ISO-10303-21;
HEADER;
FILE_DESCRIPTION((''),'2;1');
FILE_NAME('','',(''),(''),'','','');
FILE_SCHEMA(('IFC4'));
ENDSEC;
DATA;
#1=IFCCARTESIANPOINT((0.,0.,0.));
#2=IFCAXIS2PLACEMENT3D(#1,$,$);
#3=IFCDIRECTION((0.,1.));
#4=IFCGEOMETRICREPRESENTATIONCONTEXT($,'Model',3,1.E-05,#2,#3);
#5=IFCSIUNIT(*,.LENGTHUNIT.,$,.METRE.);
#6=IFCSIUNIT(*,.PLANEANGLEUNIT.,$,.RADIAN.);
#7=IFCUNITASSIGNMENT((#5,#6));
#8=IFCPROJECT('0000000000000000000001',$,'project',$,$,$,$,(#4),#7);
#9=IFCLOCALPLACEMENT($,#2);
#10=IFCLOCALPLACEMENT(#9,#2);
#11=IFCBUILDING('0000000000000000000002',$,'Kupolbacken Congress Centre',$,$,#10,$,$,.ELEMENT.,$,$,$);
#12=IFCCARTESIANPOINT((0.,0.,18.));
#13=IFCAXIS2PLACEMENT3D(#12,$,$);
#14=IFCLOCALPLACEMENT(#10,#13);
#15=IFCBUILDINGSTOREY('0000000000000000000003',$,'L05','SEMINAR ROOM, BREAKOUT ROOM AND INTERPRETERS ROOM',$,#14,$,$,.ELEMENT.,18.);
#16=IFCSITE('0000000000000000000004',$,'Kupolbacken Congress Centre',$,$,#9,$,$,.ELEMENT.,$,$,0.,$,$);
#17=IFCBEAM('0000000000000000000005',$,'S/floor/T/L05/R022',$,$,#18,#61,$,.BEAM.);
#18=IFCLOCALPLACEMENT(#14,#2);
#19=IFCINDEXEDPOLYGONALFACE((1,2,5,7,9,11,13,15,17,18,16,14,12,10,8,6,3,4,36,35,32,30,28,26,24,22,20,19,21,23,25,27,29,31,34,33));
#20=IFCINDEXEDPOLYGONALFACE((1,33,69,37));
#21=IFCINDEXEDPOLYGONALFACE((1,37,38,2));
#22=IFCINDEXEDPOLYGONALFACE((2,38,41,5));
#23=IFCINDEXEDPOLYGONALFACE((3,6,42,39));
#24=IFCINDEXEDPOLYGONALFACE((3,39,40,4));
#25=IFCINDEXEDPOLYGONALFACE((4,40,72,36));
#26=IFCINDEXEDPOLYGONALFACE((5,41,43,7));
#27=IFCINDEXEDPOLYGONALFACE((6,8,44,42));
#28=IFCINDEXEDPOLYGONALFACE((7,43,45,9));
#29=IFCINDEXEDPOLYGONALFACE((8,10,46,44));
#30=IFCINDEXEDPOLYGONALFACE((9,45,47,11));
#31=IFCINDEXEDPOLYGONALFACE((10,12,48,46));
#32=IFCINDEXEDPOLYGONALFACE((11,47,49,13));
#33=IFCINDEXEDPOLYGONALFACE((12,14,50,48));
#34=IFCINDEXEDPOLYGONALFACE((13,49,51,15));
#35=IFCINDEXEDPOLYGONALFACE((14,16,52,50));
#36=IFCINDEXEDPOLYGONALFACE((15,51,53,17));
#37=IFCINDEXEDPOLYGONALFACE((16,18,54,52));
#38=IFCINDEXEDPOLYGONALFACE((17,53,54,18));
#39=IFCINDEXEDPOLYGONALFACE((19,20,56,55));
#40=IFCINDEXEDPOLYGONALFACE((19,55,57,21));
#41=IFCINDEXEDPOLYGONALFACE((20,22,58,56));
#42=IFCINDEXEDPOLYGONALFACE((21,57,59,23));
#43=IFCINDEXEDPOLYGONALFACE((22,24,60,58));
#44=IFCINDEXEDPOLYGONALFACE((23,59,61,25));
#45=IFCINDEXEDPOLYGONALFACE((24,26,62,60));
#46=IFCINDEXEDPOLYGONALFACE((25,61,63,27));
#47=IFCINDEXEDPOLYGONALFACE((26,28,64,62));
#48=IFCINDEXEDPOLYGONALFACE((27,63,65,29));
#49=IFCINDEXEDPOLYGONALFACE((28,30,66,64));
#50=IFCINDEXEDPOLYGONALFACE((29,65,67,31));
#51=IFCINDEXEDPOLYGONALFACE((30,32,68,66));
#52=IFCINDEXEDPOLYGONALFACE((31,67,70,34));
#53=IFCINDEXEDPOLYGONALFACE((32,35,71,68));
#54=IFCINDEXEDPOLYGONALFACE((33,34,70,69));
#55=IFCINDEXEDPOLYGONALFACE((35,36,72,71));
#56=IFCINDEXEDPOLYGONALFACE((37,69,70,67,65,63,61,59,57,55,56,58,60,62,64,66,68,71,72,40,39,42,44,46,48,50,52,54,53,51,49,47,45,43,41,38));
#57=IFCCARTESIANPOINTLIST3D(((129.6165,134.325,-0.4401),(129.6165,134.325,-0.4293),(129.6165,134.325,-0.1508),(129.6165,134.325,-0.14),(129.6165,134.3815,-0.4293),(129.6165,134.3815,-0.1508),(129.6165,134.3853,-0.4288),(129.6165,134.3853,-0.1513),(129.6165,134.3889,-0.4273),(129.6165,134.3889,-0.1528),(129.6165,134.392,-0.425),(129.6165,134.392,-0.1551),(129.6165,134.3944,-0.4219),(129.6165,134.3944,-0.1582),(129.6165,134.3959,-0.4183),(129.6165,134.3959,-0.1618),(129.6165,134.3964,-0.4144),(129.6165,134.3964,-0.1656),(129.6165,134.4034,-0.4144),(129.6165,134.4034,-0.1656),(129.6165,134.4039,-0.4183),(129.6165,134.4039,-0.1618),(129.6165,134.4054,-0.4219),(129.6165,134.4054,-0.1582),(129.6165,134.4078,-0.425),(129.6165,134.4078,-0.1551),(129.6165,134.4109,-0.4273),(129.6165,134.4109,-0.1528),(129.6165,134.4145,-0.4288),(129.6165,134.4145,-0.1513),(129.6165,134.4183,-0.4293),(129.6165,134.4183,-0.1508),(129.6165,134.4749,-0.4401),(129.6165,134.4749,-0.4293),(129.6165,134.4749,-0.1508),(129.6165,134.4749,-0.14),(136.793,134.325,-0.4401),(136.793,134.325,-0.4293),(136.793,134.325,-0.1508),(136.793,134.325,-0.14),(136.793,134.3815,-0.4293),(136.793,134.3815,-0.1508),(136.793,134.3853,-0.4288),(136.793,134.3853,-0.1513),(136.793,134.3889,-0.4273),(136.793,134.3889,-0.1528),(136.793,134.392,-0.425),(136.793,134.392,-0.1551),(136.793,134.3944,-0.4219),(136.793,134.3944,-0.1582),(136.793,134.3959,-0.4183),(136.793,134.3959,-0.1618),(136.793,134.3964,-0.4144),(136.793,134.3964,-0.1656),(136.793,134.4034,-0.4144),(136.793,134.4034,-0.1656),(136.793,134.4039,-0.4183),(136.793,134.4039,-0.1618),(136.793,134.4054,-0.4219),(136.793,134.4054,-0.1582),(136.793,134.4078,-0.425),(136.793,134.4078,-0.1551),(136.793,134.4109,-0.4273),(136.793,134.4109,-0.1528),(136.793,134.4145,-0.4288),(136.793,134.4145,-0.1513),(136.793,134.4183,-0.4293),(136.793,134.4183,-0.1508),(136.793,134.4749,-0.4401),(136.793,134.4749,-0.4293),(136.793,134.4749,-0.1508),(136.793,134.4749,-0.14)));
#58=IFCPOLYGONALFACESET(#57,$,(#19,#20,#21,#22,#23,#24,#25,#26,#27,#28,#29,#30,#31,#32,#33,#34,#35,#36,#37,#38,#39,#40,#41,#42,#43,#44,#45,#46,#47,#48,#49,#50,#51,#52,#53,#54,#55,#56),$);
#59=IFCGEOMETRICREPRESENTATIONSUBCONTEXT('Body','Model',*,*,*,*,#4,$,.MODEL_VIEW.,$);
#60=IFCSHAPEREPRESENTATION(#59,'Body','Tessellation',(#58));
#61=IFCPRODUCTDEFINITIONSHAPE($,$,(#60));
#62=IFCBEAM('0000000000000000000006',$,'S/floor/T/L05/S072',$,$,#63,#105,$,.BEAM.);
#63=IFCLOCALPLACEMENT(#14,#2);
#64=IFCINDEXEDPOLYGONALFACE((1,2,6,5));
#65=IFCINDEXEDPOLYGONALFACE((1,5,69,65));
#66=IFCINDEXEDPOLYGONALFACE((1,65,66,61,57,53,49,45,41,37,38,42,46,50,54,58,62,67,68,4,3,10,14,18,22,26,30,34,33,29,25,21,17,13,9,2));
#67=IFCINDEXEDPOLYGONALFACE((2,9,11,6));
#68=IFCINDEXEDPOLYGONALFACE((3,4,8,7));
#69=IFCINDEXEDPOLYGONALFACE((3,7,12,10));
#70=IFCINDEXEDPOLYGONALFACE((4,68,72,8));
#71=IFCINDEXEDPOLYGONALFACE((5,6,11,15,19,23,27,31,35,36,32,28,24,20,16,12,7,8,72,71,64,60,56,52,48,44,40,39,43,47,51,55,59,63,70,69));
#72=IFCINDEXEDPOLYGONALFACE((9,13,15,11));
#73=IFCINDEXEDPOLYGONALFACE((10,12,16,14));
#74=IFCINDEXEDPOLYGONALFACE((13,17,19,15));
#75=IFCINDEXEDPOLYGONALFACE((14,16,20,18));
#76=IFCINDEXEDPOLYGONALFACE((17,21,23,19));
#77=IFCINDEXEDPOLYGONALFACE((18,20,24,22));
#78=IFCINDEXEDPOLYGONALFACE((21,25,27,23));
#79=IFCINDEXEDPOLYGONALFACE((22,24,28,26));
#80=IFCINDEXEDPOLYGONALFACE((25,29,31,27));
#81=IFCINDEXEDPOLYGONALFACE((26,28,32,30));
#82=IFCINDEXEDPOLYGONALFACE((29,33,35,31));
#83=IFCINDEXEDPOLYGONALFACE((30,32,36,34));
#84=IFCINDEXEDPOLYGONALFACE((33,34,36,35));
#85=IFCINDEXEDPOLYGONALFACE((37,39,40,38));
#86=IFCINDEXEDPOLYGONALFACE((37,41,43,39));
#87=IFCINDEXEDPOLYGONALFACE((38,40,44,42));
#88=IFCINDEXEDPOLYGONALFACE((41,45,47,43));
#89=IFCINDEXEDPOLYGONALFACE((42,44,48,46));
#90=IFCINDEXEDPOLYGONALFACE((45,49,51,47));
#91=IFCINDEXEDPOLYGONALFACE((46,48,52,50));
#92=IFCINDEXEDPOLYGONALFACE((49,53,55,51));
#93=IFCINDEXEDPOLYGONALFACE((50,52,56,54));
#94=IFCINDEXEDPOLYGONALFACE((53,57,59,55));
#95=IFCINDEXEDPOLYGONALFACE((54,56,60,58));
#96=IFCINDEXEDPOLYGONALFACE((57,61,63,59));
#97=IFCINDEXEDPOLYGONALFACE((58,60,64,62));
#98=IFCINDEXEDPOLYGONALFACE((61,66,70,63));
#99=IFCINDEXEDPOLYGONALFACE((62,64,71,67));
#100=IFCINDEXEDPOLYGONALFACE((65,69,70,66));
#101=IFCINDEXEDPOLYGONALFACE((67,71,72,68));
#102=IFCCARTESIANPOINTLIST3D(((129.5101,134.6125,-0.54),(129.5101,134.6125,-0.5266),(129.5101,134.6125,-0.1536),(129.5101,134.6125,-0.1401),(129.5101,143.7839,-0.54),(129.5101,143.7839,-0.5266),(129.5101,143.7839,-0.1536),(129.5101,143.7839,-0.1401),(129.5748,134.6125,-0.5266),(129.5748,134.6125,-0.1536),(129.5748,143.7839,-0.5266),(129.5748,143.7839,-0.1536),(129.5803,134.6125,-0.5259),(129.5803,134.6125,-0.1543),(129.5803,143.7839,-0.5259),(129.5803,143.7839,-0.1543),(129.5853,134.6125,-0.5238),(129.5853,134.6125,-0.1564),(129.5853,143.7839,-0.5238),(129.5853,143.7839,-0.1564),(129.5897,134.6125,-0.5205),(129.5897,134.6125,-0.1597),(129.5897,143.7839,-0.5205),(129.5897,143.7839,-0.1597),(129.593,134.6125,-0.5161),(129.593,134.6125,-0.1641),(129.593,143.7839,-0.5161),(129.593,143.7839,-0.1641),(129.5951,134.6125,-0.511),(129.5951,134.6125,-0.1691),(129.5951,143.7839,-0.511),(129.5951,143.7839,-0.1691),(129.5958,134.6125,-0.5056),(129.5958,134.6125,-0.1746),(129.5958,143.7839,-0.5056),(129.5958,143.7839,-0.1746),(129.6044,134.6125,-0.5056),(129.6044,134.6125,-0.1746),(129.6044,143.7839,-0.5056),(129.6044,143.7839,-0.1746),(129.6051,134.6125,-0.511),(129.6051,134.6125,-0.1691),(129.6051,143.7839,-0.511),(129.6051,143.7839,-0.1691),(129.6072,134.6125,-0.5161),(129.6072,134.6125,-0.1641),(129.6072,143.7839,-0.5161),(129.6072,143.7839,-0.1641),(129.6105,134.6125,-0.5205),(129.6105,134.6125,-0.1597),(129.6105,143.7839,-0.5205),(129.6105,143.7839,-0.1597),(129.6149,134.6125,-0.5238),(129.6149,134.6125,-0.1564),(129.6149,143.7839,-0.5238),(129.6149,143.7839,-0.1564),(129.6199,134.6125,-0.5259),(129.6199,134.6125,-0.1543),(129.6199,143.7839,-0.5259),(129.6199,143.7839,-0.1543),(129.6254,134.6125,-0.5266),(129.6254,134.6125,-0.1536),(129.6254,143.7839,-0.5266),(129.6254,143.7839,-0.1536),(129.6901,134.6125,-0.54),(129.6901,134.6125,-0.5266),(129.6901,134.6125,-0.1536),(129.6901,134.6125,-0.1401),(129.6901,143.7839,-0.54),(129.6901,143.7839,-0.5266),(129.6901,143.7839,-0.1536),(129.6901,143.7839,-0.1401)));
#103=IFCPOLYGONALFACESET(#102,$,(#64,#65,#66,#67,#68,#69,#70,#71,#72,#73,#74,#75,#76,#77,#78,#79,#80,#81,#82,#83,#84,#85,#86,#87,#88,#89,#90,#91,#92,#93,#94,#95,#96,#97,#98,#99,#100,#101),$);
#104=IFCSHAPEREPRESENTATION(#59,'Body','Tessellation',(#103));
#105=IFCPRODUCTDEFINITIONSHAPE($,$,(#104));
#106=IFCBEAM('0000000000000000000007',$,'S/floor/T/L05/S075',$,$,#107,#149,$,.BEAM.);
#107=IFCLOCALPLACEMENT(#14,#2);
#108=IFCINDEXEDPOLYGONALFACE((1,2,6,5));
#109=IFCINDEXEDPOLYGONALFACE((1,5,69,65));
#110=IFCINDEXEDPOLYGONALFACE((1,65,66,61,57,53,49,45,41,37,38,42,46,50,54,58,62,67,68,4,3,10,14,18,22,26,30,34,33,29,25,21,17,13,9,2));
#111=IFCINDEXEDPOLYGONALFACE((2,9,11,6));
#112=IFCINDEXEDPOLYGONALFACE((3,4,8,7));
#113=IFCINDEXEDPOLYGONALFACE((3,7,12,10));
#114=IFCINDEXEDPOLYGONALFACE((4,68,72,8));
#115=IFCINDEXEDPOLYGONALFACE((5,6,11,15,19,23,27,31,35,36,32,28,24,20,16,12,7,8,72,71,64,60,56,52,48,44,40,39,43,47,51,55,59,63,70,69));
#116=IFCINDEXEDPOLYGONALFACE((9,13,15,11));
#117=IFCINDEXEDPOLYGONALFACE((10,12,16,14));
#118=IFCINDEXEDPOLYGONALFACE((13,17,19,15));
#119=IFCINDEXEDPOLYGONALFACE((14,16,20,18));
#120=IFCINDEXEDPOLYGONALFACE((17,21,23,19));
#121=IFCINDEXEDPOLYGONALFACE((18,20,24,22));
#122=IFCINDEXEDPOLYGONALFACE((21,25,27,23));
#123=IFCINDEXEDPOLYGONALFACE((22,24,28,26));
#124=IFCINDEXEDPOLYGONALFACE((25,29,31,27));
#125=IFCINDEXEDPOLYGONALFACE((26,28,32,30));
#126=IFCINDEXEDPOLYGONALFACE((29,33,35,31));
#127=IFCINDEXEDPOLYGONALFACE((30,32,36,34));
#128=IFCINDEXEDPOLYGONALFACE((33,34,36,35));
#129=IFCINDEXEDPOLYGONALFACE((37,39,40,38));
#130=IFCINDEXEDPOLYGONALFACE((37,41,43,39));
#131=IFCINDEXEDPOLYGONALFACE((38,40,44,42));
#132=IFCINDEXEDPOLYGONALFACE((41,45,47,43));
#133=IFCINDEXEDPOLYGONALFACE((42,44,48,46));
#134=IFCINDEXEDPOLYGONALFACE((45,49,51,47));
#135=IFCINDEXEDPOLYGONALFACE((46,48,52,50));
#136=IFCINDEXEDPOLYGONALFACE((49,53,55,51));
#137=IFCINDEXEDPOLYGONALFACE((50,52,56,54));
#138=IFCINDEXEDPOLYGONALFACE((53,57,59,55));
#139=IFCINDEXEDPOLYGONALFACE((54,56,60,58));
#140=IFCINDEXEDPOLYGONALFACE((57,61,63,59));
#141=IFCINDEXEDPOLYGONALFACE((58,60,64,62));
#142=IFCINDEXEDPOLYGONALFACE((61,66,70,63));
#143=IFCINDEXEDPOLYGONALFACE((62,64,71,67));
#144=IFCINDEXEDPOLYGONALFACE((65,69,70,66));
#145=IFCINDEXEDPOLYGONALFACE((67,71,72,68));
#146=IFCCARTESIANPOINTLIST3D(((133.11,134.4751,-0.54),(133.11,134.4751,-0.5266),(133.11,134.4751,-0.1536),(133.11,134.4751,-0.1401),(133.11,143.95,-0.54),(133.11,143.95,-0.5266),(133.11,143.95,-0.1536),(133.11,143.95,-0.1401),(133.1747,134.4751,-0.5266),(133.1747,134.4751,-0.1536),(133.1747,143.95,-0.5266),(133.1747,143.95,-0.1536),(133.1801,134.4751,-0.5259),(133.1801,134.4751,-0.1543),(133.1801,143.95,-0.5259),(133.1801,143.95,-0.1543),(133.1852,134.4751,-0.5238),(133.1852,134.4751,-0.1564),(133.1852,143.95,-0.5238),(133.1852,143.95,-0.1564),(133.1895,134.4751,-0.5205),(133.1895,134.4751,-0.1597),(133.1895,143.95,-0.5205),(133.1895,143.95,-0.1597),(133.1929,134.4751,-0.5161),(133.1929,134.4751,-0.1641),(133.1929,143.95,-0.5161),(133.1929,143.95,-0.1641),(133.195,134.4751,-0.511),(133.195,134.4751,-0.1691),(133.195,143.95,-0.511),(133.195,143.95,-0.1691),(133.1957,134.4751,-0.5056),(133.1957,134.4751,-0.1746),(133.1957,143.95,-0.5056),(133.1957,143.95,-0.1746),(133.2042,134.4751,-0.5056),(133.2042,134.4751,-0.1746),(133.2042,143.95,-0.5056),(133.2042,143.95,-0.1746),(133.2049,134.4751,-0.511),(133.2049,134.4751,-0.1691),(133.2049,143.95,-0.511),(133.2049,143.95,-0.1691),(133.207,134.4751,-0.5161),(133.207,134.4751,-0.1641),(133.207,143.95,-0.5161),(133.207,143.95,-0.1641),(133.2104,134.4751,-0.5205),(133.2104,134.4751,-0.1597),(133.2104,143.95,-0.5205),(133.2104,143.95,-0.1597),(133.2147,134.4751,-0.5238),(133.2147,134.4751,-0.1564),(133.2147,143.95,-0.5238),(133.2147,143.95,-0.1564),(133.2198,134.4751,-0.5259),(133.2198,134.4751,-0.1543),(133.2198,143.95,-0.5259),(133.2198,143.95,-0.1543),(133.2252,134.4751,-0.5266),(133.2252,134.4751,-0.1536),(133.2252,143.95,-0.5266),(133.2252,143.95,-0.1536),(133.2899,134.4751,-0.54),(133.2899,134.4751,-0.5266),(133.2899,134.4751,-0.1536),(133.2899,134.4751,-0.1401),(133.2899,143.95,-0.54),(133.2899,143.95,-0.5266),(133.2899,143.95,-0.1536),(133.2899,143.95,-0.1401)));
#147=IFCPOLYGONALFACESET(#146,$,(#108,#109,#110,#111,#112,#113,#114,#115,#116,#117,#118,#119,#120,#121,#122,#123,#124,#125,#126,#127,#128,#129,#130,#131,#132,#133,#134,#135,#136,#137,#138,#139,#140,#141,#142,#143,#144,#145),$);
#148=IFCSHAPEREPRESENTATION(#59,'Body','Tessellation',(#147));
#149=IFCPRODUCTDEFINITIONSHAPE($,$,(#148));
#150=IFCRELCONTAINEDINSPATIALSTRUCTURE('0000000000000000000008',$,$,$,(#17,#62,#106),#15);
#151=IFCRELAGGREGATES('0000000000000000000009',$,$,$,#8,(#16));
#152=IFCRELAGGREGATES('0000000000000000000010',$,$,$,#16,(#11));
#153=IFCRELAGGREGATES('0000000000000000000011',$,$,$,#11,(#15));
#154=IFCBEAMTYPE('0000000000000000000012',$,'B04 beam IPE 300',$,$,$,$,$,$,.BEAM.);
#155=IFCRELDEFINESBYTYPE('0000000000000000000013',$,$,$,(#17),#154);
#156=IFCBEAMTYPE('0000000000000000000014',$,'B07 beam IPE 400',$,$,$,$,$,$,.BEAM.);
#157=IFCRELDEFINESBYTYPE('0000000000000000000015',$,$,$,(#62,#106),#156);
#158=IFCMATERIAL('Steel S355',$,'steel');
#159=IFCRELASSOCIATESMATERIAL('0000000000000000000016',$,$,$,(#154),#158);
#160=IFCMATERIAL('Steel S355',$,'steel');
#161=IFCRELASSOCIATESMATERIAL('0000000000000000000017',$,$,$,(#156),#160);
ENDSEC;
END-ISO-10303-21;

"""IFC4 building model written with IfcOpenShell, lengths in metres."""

from ifc_helpers import new_model, si_unit, direction, frame, origin, origin_2d, place, context, subcontext, project, spatial, i_section, extrude, material, material_profile, profile_set, type_object, element, save


model = new_model("IFC4")

# Units and contexts
model_context = context("Model", 3, precision=1e-05, world=origin(), true_north=direction((0.0, 1.0)))
body_context = subcontext(model_context, "Body", "Model", "MODEL_VIEW")
ifc_project = project(units=[si_unit("LENGTHUNIT", "METRE"), si_unit("PLANEANGLEUNIT", "RADIAN")], contexts=[model_context])

# Site, building, storey
site_placement = place(None, origin())
site = spatial("IfcSite", under=ifc_project, at=site_placement, Name="Kupolbacken Congress Centre", CompositionType="ELEMENT", RefElevation=0.0)
building_placement = place(site_placement, origin())
building = spatial("IfcBuilding", under=site, at=building_placement, Name="Kupolbacken Congress Centre", CompositionType="ELEMENT")
storey_placement = place(building_placement, frame((0.0, 0.0, 18.0)))
storey = spatial("IfcBuildingStorey", under=building, at=storey_placement, Name="L05", Description="SEMINAR ROOM, BREAKOUT ROOM AND INTERPRETERS ROOM", CompositionType="ELEMENT", Elevation=18.0)

# Beams
ifc_material_1 = material(Name="Steel S355", Category="steel")
ifc_material_profile_1 = material_profile(ifc_material_1, i_section(OverallWidth=0.1499, OverallDepth=0.3, WebThickness=0.0071, FlangeThickness=0.0107, FilletRadius=0.0149, at=origin_2d()), Name="IPE 300")
ifc_profile_set_1 = profile_set([ifc_material_profile_1], Name="Steel S355")
beam_type_1 = type_object("IfcBeamType", Name="B04 beam IPE 300", PredefinedType="BEAM", material=ifc_profile_set_1)
beam_1_placement = place(storey_placement, frame((129.6165, 134.3999, -0.29), z_axis=(1.0, 0.0, 0.0), x_axis=(0.0, 1.0, 0.0)))
element("IfcBeam", 1, at=beam_1_placement, inside=storey, type_object=beam_type_1, Name="S/floor/T/L05/R022", PredefinedType="BEAM", context=body_context, shape_type="SweptSolid", body=[
    extrude(i_section(OverallWidth=0.1499, OverallDepth=0.3, WebThickness=0.0071, FlangeThickness=0.0107, FilletRadius=0.0149, at=origin_2d()), origin(), (0.0, 0.0, 1.0), 7.1765),
])
ifc_material_2 = material(Name="Steel S355", Category="steel")
ifc_material_profile_2 = material_profile(ifc_material_2, i_section(OverallWidth=0.1799, OverallDepth=0.3999, WebThickness=0.0085, FlangeThickness=0.0134, FilletRadius=0.021, at=origin_2d()), Name="IPE 400")
ifc_profile_set_2 = profile_set([ifc_material_profile_2], Name="Steel S355")
beam_type_2 = type_object("IfcBeamType", Name="B07 beam IPE 400", PredefinedType="BEAM", material=ifc_profile_set_2)
beam_2_placement = place(storey_placement, frame((129.6001, 134.6125, -0.3401), z_axis=(0.0, 1.0, 0.0), x_axis=(-1.0, 0.0, 0.0)))
element("IfcBeam", 2, at=beam_2_placement, inside=storey, type_object=beam_type_2, Name="S/floor/T/L05/S072", PredefinedType="BEAM", context=body_context, shape_type="SweptSolid", body=[
    extrude(i_section(OverallWidth=0.1799, OverallDepth=0.3999, WebThickness=0.0085, FlangeThickness=0.0134, FilletRadius=0.021, at=origin_2d()), origin(), (0.0, 0.0, 1.0), 9.1714),
])
beam_3_placement = place(storey_placement, frame((133.2, 134.4751, -0.3401), z_axis=(0.0, 1.0, 0.0), x_axis=(-1.0, 0.0, 0.0)))
element("IfcBeam", 3, at=beam_3_placement, inside=storey, type_object=beam_type_2, Name="S/floor/T/L05/S075", PredefinedType="BEAM", context=body_context, shape_type="SweptSolid", body=[
    extrude(i_section(OverallWidth=0.1799, OverallDepth=0.3999, WebThickness=0.0085, FlangeThickness=0.0134, FilletRadius=0.021, at=origin_2d()), origin(), (0.0, 0.0, 1.0), 9.4749),
])

save(model, "model.ifc")
